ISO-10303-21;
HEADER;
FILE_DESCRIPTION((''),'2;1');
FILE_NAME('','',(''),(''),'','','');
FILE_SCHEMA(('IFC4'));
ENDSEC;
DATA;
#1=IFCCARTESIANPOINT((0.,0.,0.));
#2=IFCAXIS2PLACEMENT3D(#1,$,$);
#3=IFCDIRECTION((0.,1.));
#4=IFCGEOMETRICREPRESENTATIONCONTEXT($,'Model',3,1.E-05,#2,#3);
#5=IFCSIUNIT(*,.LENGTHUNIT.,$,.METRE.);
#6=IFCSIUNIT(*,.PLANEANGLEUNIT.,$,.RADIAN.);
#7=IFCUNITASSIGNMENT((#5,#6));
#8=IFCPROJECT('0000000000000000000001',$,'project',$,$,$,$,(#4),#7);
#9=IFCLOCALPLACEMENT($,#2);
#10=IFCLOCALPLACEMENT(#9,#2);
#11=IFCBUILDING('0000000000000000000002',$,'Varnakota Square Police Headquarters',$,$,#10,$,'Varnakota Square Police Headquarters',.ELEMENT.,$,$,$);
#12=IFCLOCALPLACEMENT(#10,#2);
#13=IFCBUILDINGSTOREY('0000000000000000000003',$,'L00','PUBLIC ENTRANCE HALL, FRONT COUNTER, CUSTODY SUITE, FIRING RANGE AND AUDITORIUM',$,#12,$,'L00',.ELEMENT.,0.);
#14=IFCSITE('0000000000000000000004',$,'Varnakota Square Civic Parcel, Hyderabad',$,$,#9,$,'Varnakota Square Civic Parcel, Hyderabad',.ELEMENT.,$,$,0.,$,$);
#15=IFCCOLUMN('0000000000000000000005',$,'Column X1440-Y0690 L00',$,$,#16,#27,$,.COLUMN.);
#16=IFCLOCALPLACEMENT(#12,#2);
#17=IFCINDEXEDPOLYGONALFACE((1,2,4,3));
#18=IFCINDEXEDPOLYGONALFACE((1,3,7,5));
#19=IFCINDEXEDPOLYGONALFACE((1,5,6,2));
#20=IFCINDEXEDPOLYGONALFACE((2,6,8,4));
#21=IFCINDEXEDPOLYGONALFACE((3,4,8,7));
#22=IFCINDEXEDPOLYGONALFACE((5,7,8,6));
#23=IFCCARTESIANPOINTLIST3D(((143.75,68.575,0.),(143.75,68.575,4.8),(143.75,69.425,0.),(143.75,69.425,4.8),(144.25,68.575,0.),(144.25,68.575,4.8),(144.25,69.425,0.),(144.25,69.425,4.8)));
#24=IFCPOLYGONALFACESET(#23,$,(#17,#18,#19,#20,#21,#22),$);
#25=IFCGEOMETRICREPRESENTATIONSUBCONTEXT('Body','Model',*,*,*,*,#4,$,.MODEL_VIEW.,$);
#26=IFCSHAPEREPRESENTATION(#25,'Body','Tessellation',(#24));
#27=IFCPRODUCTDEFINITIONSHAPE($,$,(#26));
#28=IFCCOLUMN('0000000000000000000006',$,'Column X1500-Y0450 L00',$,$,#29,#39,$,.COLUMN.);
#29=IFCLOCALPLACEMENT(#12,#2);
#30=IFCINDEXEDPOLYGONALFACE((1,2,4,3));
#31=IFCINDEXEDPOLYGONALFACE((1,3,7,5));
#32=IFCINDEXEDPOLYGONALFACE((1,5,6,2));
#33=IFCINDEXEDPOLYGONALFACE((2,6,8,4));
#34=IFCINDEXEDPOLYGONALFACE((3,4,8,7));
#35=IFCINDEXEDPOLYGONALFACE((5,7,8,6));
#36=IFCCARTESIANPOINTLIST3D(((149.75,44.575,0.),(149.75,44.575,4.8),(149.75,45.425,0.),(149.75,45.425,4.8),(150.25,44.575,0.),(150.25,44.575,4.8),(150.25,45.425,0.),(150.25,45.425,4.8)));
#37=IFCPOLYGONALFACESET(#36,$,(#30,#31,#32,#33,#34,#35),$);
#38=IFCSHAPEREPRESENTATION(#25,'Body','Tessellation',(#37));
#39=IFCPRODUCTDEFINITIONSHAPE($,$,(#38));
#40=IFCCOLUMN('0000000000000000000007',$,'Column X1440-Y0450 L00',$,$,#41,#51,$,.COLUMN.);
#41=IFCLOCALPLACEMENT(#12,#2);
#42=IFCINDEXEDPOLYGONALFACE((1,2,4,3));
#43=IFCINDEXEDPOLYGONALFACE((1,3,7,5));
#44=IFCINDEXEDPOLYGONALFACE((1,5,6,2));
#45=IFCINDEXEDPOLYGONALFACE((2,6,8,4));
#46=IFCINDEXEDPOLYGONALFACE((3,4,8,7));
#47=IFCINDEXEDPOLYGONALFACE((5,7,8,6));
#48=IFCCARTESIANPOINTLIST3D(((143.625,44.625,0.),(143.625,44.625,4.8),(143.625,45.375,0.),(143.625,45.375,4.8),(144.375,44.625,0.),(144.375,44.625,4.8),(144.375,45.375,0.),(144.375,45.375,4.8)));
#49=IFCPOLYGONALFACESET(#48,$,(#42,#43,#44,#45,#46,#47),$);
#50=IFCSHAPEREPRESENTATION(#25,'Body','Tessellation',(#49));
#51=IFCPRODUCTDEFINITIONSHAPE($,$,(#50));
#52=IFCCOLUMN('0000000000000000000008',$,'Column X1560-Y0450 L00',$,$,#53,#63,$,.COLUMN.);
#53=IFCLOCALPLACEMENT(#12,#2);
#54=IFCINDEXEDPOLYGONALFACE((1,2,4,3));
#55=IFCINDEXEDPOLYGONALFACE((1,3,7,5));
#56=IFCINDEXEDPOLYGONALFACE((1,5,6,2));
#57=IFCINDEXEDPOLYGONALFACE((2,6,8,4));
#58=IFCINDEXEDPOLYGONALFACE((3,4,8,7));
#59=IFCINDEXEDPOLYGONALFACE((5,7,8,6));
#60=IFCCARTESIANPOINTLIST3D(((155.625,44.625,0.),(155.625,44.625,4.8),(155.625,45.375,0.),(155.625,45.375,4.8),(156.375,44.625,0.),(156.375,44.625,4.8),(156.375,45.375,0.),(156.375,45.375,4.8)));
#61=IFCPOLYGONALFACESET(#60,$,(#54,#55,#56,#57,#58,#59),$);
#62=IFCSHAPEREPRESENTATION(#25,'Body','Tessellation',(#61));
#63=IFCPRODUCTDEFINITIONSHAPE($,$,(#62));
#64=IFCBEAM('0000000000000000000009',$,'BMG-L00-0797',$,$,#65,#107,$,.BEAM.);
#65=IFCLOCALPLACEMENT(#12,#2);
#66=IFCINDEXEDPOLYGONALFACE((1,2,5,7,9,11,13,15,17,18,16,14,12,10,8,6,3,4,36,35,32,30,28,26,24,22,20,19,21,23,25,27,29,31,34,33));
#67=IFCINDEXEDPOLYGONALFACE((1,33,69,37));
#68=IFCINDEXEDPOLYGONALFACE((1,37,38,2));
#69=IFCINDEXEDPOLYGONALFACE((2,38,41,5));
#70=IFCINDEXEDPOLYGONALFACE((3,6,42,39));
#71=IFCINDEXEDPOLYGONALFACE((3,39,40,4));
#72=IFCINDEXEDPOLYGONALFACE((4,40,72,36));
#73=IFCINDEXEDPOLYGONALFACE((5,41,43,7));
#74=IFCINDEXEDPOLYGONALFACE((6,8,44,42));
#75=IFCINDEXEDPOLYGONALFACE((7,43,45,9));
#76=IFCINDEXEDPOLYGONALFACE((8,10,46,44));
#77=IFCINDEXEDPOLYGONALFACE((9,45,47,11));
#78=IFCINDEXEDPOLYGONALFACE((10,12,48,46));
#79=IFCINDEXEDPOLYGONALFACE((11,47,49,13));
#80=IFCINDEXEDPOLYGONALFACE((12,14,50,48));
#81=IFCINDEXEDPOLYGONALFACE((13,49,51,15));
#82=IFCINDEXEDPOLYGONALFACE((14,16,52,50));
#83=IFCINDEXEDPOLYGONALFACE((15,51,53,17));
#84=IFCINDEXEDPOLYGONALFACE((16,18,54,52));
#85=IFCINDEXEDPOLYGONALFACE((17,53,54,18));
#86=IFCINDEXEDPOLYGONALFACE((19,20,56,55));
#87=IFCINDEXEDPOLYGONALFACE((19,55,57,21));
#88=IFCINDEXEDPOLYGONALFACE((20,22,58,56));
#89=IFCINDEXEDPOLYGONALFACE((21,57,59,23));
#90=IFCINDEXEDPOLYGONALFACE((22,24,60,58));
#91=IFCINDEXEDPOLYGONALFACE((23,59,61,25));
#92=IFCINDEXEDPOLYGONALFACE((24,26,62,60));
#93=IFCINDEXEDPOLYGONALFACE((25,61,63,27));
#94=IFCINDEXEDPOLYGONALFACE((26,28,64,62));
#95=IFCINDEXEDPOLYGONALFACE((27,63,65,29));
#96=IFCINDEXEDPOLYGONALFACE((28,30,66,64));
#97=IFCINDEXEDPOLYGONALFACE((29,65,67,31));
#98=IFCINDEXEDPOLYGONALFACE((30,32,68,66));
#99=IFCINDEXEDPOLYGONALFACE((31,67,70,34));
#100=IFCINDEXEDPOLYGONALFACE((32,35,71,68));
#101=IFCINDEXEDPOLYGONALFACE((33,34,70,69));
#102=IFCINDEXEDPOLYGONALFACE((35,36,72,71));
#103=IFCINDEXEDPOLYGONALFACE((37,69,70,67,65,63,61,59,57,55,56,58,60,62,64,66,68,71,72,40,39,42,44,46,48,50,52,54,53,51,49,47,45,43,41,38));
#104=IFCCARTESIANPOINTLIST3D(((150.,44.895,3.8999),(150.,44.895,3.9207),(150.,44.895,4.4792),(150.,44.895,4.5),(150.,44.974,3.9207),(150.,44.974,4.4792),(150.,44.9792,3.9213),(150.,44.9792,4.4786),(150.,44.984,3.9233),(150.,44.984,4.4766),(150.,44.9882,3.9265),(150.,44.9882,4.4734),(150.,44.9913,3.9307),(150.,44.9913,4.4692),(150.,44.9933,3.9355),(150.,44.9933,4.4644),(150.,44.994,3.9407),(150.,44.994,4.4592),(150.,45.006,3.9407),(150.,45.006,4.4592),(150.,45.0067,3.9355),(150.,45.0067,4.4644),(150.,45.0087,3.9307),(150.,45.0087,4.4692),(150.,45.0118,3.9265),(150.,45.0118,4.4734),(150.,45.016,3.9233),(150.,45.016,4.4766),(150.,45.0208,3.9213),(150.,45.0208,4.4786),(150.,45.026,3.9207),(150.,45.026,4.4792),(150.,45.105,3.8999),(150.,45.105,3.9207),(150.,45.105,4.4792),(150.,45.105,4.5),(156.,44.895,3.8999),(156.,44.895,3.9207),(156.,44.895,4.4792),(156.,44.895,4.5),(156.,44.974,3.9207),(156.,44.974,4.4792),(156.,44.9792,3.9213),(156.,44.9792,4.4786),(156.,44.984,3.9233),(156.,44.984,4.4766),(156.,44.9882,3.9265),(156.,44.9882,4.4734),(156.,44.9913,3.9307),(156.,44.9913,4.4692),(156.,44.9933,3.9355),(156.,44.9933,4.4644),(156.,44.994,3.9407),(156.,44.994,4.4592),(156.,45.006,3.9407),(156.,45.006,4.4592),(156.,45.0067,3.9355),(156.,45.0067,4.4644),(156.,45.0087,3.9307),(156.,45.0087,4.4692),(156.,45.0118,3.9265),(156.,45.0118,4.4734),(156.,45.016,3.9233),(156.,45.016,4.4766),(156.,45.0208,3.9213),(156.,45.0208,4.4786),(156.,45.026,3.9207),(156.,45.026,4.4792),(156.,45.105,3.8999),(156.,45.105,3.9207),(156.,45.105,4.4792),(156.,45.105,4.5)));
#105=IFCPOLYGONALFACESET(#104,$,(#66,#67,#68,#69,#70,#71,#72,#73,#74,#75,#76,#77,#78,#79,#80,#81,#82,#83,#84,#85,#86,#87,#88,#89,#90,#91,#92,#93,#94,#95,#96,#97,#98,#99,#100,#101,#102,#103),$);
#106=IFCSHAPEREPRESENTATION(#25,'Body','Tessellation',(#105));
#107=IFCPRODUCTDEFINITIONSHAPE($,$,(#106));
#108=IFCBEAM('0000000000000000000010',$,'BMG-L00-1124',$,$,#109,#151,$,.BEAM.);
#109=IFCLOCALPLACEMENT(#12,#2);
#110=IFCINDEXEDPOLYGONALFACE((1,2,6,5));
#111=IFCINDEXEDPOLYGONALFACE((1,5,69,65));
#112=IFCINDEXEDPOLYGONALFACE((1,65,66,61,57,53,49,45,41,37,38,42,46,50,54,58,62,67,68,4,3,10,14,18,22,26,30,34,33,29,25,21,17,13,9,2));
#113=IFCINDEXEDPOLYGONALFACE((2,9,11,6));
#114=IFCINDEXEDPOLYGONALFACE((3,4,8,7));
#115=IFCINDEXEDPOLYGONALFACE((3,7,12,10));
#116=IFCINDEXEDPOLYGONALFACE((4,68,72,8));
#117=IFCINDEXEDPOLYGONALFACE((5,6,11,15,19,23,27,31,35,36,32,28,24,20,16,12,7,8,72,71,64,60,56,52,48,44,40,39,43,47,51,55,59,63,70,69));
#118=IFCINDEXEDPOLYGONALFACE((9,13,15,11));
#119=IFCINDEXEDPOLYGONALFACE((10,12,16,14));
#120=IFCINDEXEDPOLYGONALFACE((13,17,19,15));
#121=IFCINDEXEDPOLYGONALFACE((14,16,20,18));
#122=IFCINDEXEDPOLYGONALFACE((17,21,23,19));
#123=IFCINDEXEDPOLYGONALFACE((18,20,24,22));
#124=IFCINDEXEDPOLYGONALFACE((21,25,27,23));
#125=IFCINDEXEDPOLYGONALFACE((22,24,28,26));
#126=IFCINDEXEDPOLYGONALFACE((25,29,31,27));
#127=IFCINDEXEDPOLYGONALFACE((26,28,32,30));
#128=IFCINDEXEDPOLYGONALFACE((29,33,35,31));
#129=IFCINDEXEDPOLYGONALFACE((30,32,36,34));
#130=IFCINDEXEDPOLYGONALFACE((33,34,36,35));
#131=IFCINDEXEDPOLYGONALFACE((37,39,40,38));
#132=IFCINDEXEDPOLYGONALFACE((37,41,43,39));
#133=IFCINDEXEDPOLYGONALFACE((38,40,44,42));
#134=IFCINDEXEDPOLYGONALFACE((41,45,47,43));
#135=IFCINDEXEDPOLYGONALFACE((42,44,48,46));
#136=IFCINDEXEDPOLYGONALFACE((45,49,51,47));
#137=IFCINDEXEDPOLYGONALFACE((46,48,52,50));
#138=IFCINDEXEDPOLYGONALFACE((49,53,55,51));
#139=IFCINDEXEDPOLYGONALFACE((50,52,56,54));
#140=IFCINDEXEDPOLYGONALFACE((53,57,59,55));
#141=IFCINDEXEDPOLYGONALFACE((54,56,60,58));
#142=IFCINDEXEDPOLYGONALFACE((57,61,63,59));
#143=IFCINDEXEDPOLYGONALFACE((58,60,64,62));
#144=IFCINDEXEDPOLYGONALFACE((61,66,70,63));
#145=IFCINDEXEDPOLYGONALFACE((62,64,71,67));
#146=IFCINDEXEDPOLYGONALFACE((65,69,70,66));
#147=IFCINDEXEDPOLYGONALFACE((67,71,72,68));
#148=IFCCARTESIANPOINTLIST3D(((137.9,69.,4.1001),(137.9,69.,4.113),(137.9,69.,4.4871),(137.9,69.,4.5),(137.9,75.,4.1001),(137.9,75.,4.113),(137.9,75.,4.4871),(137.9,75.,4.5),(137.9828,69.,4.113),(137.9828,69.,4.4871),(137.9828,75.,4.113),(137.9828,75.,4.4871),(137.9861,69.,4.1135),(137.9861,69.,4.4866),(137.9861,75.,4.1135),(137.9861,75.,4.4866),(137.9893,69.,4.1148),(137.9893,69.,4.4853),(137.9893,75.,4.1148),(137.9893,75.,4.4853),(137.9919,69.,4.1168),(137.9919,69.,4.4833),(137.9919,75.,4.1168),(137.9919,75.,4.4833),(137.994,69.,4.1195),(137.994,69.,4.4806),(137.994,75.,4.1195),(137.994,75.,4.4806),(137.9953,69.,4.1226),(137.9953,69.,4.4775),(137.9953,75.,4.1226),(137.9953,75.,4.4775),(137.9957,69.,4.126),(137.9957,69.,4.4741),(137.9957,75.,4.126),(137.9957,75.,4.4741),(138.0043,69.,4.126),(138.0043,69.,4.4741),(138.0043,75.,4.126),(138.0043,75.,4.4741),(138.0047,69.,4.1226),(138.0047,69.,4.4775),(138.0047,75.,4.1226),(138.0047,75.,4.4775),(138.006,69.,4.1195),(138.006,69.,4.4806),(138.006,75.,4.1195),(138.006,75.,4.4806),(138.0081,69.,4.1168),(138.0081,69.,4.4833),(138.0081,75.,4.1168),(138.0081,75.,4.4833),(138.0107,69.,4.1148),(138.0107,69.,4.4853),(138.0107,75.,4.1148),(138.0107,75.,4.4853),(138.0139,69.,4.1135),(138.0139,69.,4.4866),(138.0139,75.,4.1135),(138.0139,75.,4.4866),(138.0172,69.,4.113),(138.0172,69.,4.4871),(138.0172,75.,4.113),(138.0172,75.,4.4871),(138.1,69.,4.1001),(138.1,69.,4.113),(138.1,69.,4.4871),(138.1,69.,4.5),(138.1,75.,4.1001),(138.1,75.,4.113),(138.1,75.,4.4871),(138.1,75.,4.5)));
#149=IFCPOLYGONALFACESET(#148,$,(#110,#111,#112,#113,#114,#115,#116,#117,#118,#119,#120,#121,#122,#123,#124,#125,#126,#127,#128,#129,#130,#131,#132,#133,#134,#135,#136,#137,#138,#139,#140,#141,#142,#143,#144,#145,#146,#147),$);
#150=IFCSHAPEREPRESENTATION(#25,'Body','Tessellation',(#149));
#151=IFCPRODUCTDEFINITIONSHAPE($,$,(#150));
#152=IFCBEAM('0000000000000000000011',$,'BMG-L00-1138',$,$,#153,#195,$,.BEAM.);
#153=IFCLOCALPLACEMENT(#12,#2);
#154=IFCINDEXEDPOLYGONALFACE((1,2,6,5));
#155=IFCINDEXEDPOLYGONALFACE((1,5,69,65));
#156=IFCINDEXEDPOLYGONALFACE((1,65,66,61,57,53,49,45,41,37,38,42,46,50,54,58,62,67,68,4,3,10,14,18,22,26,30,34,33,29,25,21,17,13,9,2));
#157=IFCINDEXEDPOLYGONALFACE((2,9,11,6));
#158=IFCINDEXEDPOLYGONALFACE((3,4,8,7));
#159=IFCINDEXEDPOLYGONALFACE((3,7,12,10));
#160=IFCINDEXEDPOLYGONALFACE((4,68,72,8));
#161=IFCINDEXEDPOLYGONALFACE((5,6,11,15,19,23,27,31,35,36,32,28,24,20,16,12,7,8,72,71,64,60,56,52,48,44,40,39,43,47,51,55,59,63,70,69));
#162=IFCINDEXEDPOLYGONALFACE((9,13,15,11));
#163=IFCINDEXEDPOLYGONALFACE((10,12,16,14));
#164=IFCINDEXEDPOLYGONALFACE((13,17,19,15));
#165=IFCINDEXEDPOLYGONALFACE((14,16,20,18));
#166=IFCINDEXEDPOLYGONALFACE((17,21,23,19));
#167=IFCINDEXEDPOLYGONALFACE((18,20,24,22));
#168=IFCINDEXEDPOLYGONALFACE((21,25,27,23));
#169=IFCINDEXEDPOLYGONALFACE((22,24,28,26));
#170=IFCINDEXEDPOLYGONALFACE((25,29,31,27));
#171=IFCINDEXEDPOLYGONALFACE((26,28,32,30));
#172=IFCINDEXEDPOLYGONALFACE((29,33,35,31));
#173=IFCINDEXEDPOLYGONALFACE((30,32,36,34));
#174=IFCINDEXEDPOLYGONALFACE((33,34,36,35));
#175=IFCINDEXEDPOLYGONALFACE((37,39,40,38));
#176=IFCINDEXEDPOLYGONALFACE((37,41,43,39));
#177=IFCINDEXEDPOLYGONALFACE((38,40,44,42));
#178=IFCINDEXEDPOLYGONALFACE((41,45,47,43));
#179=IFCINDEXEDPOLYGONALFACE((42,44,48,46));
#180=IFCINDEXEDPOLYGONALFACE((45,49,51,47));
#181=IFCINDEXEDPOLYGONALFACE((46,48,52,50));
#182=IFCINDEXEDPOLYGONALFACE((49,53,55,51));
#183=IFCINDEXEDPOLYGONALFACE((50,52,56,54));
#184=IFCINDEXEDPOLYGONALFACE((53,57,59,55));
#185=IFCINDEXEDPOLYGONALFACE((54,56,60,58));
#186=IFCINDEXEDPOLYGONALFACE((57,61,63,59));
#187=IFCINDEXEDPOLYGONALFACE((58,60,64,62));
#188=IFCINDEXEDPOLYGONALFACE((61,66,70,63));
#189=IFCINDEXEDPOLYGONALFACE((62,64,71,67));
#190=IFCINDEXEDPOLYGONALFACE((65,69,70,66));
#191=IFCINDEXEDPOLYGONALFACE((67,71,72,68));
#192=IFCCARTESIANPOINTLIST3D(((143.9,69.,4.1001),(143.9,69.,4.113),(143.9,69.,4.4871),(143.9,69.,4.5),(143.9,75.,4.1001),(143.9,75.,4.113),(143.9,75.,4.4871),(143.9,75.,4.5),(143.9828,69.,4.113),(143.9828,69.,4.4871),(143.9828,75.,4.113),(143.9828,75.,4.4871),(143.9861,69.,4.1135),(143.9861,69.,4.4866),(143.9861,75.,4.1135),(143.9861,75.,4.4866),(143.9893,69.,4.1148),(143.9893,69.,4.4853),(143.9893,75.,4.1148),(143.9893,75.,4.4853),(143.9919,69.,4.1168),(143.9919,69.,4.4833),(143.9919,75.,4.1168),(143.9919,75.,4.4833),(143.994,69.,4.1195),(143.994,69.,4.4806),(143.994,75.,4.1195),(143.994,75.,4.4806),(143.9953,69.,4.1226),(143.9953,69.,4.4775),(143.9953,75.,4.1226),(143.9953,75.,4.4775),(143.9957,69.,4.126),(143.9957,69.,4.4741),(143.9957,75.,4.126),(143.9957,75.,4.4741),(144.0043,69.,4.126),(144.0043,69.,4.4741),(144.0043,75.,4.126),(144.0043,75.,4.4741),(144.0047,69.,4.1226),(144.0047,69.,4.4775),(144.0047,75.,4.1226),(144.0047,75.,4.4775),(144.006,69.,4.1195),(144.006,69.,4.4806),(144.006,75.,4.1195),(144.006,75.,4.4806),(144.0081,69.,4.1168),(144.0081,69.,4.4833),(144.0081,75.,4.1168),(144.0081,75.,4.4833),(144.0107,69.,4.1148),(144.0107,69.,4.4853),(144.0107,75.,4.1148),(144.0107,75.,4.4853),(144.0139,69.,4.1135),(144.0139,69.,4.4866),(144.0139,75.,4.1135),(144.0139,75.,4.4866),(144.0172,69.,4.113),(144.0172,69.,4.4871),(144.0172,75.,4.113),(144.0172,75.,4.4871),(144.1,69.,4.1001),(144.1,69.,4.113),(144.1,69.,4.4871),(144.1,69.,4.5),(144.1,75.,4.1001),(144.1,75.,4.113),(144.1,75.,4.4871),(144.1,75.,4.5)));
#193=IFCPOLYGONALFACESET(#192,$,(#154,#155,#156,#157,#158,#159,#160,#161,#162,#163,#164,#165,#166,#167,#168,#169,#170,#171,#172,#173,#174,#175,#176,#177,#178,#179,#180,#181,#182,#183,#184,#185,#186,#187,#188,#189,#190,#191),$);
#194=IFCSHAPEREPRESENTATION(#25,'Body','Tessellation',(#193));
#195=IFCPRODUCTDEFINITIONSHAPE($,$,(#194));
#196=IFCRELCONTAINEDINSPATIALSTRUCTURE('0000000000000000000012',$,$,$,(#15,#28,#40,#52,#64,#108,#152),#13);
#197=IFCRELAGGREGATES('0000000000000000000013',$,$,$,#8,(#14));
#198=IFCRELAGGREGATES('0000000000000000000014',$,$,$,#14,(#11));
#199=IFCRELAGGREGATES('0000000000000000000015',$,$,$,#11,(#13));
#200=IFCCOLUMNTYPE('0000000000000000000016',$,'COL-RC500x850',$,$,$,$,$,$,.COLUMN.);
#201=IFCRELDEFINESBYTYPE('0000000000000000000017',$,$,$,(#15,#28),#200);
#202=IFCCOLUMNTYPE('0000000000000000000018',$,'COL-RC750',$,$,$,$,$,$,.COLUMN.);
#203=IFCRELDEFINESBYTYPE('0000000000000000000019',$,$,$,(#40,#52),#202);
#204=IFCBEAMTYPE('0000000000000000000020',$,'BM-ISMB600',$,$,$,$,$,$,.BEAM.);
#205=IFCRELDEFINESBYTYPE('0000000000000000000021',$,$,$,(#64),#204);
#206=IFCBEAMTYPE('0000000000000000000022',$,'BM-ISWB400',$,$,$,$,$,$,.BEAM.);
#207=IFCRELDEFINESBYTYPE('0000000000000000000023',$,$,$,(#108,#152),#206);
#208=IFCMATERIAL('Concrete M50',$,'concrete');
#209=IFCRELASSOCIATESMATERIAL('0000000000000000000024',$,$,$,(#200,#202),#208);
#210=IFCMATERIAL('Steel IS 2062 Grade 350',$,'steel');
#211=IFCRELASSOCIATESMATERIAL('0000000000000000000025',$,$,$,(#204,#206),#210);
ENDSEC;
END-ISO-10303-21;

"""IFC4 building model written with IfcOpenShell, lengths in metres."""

from ifc_helpers import new_model, si_unit, direction, frame, origin, origin_2d, place, context, subcontext, project, spatial, rectangle, i_section, extrude, material, material_profile, profile_set, type_object, element, save


model = new_model("IFC4")

# Units and contexts
model_context = context("Model", 3, precision=1e-05, world=origin(), true_north=direction((0.0, 1.0)))
body_context = subcontext(model_context, "Body", "Model", "MODEL_VIEW")
ifc_project = project(units=[si_unit("LENGTHUNIT", "METRE"), si_unit("PLANEANGLEUNIT", "RADIAN")], contexts=[model_context])

# Site, building, storey
site_placement = place(None, origin())
site = spatial("IfcSite", under=ifc_project, at=site_placement, Name="Varnakota Square Civic Parcel, Hyderabad", LongName="Varnakota Square Civic Parcel, Hyderabad", CompositionType="ELEMENT", RefElevation=0.0)
building_placement = place(site_placement, origin())
building = spatial("IfcBuilding", under=site, at=building_placement, Name="Varnakota Square Police Headquarters", LongName="Varnakota Square Police Headquarters", CompositionType="ELEMENT")
storey_placement = place(building_placement, origin())
storey = spatial("IfcBuildingStorey", under=building, at=storey_placement, Name="L00", Description="PUBLIC ENTRANCE HALL, FRONT COUNTER, CUSTODY SUITE, FIRING RANGE AND AUDITORIUM", LongName="L00", CompositionType="ELEMENT", Elevation=0.0)

# Columns
ifc_material_1 = material(Name="Concrete M50", Category="concrete")
ifc_material_profile_1 = material_profile(ifc_material_1, rectangle(XDim=0.5, YDim=0.8501, at=origin_2d()), Name="RC 500x850")
ifc_profile_set_1 = profile_set([ifc_material_profile_1], Name="Concrete M50")
column_type_1 = type_object("IfcColumnType", Name="COL-RC500x850", PredefinedType="COLUMN", material=ifc_profile_set_1)
for number, where, z_axis, x_axis, name in (
    (1, (144.0, 69.0, 0.0), (0.0, 0.0, 1.0), (1.0, 0.0, 0.0), "Column X1440-Y0690 L00"),
    (2, (150.0, 45.0, 0.0), (0.0, 0.0, 1.0), (1.0, 0.0, 0.0), "Column X1500-Y0450 L00"),
):
    element("IfcColumn", number, at=place(storey_placement, frame(where, z_axis=z_axis, x_axis=x_axis)), inside=storey, type_object=column_type_1, Name=name, PredefinedType="COLUMN", context=body_context, shape_type="SweptSolid", body=[
        extrude(rectangle(XDim=0.5, YDim=0.8501, at=origin_2d()), origin(), (0.0, 0.0, 1.0), 4.8),
    ])
ifc_material_profile_2 = material_profile(ifc_material_1, rectangle(XDim=0.75, YDim=0.75, at=origin_2d()), Name="RC 750x750")
ifc_profile_set_2 = profile_set([ifc_material_profile_2], Name="Concrete M50")
column_type_2 = type_object("IfcColumnType", Name="COL-RC750", PredefinedType="COLUMN", material=ifc_profile_set_2)
for number, where, z_axis, x_axis, name in (
    (3, (144.0, 45.0, 0.0), (0.0, 0.0, 1.0), (1.0, 0.0, 0.0), "Column X1440-Y0450 L00"),
    (4, (156.0, 45.0, 0.0), (0.0, 0.0, 1.0), (1.0, 0.0, 0.0), "Column X1560-Y0450 L00"),
):
    element("IfcColumn", number, at=place(storey_placement, frame(where, z_axis=z_axis, x_axis=x_axis)), inside=storey, type_object=column_type_2, Name=name, PredefinedType="COLUMN", context=body_context, shape_type="SweptSolid", body=[
        extrude(rectangle(XDim=0.75, YDim=0.75, at=origin_2d()), origin(), (0.0, 0.0, 1.0), 4.8),
    ])

# Beams
ifc_material_2 = material(Name="Steel IS 2062 Grade 350", Category="steel")
ifc_material_profile_3 = material_profile(ifc_material_2, i_section(OverallWidth=0.21, OverallDepth=0.6001, WebThickness=0.012, FlangeThickness=0.0208, FilletRadius=0.02, at=origin_2d()), Name="ISMB 600")
ifc_profile_set_3 = profile_set([ifc_material_profile_3], Name="Steel IS 2062 Grade 350")
beam_type_1 = type_object("IfcBeamType", Name="BM-ISMB600", PredefinedType="BEAM", material=ifc_profile_set_3)
beam_1_placement = place(storey_placement, frame((150.0, 45.0, 4.2), z_axis=(1.0, 0.0, 0.0), x_axis=(0.0, 1.0, 0.0)))
element("IfcBeam", 5, at=beam_1_placement, inside=storey, type_object=beam_type_1, Name="BMG-L00-0797", PredefinedType="BEAM", context=body_context, shape_type="SweptSolid", body=[
    extrude(i_section(OverallWidth=0.21, OverallDepth=0.6001, WebThickness=0.012, FlangeThickness=0.0208, FilletRadius=0.02, at=origin_2d()), origin(), (0.0, 0.0, 1.0), 6.0),
])
ifc_material_profile_4 = material_profile(ifc_material_2, i_section(OverallWidth=0.2, OverallDepth=0.3999, WebThickness=0.0085, FlangeThickness=0.0129, FilletRadius=0.0129, at=origin_2d()), Name="ISWB 400")
ifc_profile_set_4 = profile_set([ifc_material_profile_4], Name="Steel IS 2062 Grade 350")
beam_type_2 = type_object("IfcBeamType", Name="BM-ISWB400", PredefinedType="BEAM", material=ifc_profile_set_4)
for number, where, z_axis, x_axis, name in (
    (6, (138.0, 69.0, 4.3), (0.0, 1.0, 0.0), (-1.0, 0.0, 0.0), "BMG-L00-1124"),
    (7, (144.0, 69.0, 4.3), (0.0, 1.0, 0.0), (-1.0, 0.0, 0.0), "BMG-L00-1138"),
):
    element("IfcBeam", number, at=place(storey_placement, frame(where, z_axis=z_axis, x_axis=x_axis)), inside=storey, type_object=beam_type_2, Name=name, PredefinedType="BEAM", context=body_context, shape_type="SweptSolid", body=[
        extrude(i_section(OverallWidth=0.2, OverallDepth=0.3999, WebThickness=0.0085, FlangeThickness=0.0129, FilletRadius=0.0129, at=origin_2d()), origin(), (0.0, 0.0, 1.0), 6.0),
    ])

save(model, "model.ifc")
